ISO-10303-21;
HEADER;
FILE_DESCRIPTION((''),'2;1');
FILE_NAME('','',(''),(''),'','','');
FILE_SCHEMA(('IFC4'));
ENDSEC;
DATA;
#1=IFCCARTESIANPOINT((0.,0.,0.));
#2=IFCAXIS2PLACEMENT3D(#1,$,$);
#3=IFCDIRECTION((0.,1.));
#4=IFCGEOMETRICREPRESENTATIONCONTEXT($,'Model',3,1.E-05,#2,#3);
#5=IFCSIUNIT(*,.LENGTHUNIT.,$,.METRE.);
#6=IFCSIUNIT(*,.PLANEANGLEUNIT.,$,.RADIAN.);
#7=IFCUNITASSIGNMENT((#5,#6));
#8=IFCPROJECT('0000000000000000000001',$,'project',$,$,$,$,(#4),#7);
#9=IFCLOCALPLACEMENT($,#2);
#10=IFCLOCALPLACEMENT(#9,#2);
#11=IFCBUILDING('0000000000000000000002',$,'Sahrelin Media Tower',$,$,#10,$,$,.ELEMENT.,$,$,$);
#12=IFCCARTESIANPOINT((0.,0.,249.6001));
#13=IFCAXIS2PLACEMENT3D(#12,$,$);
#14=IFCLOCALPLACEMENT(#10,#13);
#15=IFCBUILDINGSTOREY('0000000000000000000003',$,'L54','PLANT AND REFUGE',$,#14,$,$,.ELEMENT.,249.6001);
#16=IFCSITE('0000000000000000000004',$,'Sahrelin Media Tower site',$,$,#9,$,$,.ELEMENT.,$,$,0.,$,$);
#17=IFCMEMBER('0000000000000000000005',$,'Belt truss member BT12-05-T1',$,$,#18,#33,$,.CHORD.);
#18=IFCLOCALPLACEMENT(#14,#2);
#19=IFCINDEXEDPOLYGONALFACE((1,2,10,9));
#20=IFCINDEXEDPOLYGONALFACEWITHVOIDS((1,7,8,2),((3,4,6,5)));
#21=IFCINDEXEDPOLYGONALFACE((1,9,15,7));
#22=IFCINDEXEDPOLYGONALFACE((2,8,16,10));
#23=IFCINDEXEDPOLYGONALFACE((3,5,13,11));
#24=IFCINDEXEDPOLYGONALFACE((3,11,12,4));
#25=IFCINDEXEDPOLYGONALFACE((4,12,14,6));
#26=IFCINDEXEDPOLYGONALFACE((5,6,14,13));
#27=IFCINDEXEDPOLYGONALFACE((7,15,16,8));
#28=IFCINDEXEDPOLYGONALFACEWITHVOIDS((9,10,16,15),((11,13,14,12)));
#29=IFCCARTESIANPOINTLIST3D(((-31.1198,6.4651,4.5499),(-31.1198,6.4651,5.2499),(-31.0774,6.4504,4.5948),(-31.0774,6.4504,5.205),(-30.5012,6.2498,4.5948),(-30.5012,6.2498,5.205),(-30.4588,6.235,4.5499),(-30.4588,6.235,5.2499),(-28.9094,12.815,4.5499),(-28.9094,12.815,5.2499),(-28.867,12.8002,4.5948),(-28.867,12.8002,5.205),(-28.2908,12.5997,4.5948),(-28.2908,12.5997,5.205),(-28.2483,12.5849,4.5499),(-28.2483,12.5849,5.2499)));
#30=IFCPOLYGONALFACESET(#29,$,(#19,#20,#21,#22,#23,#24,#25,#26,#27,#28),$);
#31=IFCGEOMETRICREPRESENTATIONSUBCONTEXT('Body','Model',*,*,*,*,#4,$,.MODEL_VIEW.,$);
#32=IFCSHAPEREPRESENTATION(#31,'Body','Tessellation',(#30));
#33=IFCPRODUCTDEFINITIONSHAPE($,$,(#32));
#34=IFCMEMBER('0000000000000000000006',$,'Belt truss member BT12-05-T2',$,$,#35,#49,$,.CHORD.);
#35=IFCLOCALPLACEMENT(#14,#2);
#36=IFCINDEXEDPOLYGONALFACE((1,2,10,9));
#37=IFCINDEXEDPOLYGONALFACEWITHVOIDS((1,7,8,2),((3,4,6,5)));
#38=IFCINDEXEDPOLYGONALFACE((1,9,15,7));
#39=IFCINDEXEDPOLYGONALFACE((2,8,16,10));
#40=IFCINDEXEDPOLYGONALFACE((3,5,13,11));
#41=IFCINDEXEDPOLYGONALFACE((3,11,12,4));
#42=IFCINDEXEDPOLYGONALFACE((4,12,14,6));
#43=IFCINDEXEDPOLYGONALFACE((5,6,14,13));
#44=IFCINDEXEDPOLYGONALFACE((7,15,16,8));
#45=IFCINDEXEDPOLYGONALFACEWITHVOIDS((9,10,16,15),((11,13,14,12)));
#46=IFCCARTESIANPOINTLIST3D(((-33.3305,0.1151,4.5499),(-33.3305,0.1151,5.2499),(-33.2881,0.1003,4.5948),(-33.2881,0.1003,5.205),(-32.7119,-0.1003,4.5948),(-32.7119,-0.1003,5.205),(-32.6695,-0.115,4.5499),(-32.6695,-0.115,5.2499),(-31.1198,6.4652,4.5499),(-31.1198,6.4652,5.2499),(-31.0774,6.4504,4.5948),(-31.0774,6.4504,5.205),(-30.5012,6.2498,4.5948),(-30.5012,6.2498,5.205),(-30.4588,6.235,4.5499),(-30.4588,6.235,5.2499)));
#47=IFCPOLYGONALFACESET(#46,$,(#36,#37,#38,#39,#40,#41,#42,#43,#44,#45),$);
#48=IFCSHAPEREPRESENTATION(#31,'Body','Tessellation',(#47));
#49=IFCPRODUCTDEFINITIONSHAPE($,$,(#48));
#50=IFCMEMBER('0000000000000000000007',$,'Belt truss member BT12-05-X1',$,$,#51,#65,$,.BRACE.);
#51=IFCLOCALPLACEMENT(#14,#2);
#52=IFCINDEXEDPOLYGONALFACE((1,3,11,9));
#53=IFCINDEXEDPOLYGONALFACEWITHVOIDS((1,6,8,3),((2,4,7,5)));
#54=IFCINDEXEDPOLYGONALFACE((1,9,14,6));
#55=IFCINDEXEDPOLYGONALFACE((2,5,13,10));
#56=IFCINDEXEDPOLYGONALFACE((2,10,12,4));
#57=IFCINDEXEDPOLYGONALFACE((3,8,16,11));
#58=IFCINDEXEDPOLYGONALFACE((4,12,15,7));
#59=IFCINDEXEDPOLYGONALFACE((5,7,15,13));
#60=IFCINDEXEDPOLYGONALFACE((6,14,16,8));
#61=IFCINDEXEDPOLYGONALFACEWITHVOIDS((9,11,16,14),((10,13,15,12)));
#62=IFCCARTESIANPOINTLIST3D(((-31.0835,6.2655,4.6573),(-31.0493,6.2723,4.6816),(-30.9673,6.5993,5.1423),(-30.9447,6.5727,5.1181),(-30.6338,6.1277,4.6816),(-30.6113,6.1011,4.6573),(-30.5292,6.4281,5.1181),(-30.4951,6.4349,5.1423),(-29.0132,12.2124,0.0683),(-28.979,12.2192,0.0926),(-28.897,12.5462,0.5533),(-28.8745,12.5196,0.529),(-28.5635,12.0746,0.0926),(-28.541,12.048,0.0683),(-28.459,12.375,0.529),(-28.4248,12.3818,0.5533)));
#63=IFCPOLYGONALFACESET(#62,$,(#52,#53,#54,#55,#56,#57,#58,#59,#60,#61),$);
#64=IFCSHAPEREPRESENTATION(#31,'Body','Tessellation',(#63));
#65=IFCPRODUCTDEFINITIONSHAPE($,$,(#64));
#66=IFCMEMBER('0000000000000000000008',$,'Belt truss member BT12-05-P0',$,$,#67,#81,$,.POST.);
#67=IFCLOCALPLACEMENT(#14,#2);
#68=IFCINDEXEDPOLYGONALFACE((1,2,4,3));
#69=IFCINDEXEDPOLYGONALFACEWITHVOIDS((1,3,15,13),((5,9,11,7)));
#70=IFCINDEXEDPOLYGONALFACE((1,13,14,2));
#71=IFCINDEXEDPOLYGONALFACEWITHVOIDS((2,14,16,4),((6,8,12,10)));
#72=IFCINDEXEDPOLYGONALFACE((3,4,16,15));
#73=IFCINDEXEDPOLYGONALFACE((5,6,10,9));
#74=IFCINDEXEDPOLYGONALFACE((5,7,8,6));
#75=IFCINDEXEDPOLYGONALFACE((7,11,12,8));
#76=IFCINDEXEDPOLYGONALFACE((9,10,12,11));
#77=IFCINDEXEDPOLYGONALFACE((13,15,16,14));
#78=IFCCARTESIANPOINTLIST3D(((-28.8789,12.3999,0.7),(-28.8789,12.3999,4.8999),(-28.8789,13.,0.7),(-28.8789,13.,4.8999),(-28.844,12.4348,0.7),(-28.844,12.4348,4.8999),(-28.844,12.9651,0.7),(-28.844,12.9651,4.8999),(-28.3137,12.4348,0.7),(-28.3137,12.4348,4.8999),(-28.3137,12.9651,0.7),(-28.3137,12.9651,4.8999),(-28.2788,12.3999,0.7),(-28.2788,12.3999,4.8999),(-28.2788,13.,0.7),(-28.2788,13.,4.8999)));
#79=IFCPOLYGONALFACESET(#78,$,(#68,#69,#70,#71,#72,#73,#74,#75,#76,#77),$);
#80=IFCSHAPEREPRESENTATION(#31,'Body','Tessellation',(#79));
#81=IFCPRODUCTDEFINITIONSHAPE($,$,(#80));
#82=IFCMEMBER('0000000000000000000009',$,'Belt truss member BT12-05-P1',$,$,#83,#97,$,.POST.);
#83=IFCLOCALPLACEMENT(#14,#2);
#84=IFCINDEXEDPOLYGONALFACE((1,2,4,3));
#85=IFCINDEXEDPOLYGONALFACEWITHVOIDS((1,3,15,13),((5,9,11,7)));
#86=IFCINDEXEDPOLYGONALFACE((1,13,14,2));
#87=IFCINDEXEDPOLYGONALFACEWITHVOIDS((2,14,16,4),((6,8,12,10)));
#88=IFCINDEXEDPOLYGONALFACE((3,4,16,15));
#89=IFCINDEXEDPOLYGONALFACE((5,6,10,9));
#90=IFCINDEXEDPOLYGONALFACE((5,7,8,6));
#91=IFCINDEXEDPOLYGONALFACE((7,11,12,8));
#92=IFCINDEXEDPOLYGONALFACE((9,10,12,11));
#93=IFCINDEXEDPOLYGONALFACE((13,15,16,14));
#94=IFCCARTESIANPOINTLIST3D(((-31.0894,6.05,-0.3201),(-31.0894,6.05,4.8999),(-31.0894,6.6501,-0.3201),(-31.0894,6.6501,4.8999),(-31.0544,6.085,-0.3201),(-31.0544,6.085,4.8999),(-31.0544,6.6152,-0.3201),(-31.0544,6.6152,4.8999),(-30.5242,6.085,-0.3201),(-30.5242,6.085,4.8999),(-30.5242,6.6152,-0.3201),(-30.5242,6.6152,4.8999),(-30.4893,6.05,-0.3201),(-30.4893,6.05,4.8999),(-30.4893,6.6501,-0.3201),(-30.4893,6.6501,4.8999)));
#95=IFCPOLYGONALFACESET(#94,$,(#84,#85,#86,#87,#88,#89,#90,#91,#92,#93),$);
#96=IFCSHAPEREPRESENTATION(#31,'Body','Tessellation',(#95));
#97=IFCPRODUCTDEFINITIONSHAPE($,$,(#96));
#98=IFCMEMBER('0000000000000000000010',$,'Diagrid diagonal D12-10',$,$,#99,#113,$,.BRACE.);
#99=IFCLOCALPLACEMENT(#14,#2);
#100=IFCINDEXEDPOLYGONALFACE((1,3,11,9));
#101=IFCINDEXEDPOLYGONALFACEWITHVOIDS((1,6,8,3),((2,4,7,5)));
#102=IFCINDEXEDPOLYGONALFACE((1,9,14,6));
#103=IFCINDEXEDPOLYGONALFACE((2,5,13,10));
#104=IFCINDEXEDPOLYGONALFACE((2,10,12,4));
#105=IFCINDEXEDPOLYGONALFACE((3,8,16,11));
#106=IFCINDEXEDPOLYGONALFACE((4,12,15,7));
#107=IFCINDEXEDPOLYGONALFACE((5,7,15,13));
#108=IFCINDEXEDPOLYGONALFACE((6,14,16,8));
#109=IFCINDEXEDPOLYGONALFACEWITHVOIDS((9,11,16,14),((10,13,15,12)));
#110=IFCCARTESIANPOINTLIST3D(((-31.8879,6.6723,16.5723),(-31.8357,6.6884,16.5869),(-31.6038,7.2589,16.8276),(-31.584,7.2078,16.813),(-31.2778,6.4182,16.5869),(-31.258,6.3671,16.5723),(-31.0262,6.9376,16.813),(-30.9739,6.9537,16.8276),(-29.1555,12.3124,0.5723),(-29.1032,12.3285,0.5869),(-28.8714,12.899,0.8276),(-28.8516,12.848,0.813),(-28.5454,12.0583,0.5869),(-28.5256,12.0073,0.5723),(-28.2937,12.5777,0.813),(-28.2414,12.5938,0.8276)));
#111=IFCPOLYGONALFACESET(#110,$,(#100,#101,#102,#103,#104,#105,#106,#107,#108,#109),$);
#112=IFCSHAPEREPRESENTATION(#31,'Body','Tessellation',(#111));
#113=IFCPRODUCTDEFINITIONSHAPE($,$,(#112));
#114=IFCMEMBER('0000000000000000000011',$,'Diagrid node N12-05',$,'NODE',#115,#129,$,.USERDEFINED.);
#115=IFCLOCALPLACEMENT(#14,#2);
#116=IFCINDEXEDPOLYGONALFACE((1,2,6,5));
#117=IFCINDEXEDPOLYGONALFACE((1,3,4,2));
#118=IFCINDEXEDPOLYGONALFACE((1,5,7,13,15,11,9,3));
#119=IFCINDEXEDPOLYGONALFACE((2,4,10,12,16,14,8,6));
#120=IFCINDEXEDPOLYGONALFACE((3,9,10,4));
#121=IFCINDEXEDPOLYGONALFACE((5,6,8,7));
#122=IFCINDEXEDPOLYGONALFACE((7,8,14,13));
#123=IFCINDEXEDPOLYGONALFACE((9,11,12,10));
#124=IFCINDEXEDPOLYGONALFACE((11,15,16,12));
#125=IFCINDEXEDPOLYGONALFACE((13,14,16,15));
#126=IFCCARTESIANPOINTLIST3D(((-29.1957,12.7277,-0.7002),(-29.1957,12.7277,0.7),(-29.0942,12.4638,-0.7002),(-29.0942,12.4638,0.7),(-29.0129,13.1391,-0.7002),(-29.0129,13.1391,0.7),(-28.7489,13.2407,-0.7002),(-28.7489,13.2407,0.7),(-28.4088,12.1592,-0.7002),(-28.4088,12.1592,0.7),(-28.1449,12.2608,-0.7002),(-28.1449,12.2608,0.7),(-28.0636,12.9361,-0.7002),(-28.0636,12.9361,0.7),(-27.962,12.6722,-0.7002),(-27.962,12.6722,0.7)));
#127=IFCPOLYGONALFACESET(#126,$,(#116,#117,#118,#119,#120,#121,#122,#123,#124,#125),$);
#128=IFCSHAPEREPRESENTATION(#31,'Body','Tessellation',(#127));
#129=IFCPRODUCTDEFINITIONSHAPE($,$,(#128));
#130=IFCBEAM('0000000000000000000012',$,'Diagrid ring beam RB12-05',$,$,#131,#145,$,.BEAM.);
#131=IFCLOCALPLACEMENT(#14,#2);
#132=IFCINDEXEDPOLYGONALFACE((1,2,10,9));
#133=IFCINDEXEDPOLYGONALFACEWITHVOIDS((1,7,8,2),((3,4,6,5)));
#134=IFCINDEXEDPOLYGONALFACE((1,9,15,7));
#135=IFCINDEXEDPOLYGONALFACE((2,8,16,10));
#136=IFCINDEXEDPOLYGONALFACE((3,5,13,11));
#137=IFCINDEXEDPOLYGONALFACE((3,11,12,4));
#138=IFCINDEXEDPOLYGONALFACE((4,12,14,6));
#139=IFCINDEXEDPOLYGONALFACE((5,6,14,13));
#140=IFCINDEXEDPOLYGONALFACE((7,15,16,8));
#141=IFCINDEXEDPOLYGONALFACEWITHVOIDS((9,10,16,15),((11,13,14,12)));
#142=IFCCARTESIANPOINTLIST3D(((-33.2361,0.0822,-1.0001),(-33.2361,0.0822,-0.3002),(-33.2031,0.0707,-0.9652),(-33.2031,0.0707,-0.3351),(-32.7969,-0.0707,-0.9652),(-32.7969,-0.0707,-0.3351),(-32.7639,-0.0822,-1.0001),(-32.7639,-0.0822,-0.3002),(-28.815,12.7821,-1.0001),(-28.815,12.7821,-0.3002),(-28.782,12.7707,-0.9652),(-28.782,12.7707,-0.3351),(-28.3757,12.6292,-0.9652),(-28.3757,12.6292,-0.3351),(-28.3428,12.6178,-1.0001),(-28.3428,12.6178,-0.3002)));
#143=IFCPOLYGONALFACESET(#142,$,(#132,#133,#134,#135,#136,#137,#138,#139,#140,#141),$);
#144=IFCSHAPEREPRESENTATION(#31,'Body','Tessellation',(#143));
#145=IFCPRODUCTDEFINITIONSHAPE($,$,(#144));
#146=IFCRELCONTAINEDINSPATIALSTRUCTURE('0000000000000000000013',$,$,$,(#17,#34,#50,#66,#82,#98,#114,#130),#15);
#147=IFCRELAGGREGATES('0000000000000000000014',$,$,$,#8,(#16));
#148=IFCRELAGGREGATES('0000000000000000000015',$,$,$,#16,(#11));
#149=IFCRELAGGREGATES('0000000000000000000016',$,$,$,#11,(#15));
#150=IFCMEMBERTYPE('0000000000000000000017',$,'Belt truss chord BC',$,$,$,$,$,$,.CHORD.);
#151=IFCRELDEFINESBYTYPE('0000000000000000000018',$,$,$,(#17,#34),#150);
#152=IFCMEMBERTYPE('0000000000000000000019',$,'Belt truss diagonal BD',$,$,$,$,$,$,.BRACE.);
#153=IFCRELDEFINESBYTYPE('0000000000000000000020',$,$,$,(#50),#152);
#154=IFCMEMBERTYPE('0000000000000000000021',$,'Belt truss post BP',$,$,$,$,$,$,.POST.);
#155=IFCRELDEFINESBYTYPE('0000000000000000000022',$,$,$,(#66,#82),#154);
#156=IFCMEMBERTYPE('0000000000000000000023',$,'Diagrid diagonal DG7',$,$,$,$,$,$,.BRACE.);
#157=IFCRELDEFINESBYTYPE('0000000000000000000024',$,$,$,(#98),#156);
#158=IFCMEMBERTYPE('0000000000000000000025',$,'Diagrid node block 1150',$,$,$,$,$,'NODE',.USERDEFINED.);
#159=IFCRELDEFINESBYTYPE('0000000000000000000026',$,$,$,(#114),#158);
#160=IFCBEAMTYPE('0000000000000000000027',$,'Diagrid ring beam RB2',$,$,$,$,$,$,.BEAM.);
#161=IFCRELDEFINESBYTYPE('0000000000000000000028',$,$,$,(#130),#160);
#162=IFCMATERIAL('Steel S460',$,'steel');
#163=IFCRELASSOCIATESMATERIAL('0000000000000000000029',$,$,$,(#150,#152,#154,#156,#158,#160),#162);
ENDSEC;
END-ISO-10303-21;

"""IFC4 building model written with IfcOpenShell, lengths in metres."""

from ifc_helpers import new_model, si_unit, direction, frame, origin, origin_2d, place, context, subcontext, project, spatial, polyline, hollow_rectangle, outline, extrude, material, material_profile, profile_set, type_object, element, save


model = new_model("IFC4")

# Units and contexts
model_context = context("Model", 3, precision=1e-05, world=origin(), true_north=direction((0.0, 1.0)))
body_context = subcontext(model_context, "Body", "Model", "MODEL_VIEW")
ifc_project = project(units=[si_unit("LENGTHUNIT", "METRE"), si_unit("PLANEANGLEUNIT", "RADIAN")], contexts=[model_context])

# Site, building, storey
site_placement = place(None, origin())
site = spatial("IfcSite", under=ifc_project, at=site_placement, Name="Sahrelin Media Tower site", CompositionType="ELEMENT", RefElevation=0.0)
building_placement = place(site_placement, origin())
building = spatial("IfcBuilding", under=site, at=building_placement, Name="Sahrelin Media Tower", CompositionType="ELEMENT")
storey_placement = place(building_placement, frame((0.0, 0.0, 249.6001)))
storey = spatial("IfcBuildingStorey", under=building, at=storey_placement, Name="L54", Description="PLANT AND REFUGE", CompositionType="ELEMENT", Elevation=249.6001)

# Members
ifc_material_1 = material(Name="Steel S460", Category="steel")
ifc_material_profile_1 = material_profile(ifc_material_1, hollow_rectangle(XDim=0.7, YDim=0.7, WallThickness=0.0449, at=origin_2d()), Name="Belt truss chord BC")
ifc_profile_set_1 = profile_set([ifc_material_profile_1], Name="Steel S460")
member_type_1 = type_object("IfcMemberType", Name="Belt truss chord BC", PredefinedType="CHORD", material=ifc_profile_set_1)
member_1_placement = place(storey_placement, frame((-28.5789, 12.7, 4.8999), z_axis=(-0.32876, -0.944413, 0.0), x_axis=(0.944413, -0.32876, 0.0)))
element("IfcMember", 1, at=member_1_placement, inside=storey, type_object=member_type_1, Name="Belt truss member BT12-05-T1", PredefinedType="CHORD", context=body_context, shape_type="SweptSolid", body=[
    extrude(hollow_rectangle(XDim=0.7, YDim=0.7, WallThickness=0.0449, at=origin_2d()), origin(), (0.0, 0.0, 1.0), 6.7236),
])
member_2_placement = place(storey_placement, frame((-30.7893, 6.3501, 4.8999), z_axis=(-0.328781, -0.944406, 0.0), x_axis=(0.944406, -0.328781, 0.0)))
element("IfcMember", 2, at=member_2_placement, inside=storey, type_object=member_type_1, Name="Belt truss member BT12-05-T2", PredefinedType="CHORD", context=body_context, shape_type="SweptSolid", body=[
    extrude(hollow_rectangle(XDim=0.7, YDim=0.7, WallThickness=0.0449, at=origin_2d()), origin(), (0.0, 0.0, 1.0), 6.7239),
])
ifc_material_profile_2 = material_profile(ifc_material_1, hollow_rectangle(XDim=0.5, YDim=0.6001, WallThickness=0.03, at=origin_2d()), Name="Belt truss diagonal BD")
ifc_profile_set_2 = profile_set([ifc_material_profile_2], Name="Steel S460")
member_type_2 = type_object("IfcMemberType", Name="Belt truss diagonal BD", PredefinedType="BRACE", material=ifc_profile_set_2)
member_3_placement = place(storey_placement, frame((-28.719, 12.2971, 0.3108), z_axis=(-0.265702, -0.763234, 0.588962), x_axis=(0.944409, -0.328773, 0.0)))
element("IfcMember", 3, at=member_3_placement, inside=storey, type_object=member_type_2, Name="Belt truss member BT12-05-X1", PredefinedType="BRACE", context=body_context, shape_type="SweptSolid", body=[
    extrude(hollow_rectangle(XDim=0.5, YDim=0.6001, WallThickness=0.03, at=origin_2d()), origin(), (0.0, 0.0, 1.0), 7.7917),
])
ifc_material_profile_3 = material_profile(ifc_material_1, hollow_rectangle(XDim=0.6001, YDim=0.6001, WallThickness=0.0349, at=origin_2d()), Name="Belt truss post BP")
ifc_profile_set_3 = profile_set([ifc_material_profile_3], Name="Steel S460")
member_type_3 = type_object("IfcMemberType", Name="Belt truss post BP", PredefinedType="POST", material=ifc_profile_set_3)
member_4_placement = place(storey_placement, frame((-28.5789, 12.7, 0.7), z_axis=(0.0, 0.0, 1.0), x_axis=(1.0, 0.0, 0.0)))
element("IfcMember", 4, at=member_4_placement, inside=storey, type_object=member_type_3, Name="Belt truss member BT12-05-P0", PredefinedType="POST", context=body_context, shape_type="SweptSolid", body=[
    extrude(hollow_rectangle(XDim=0.6001, YDim=0.6001, WallThickness=0.0349, at=origin_2d()), origin(), (0.0, 0.0, 1.0), 4.2),
])
member_5_placement = place(storey_placement, frame((-30.7893, 6.3501, -0.3201), z_axis=(0.0, 0.0, 1.0), x_axis=(1.0, 0.0, 0.0)))
element("IfcMember", 5, at=member_5_placement, inside=storey, type_object=member_type_3, Name="Belt truss member BT12-05-P1", PredefinedType="POST", context=body_context, shape_type="SweptSolid", body=[
    extrude(hollow_rectangle(XDim=0.6001, YDim=0.6001, WallThickness=0.0349, at=origin_2d()), origin(), (0.0, 0.0, 1.0), 5.22),
])
ifc_material_profile_4 = material_profile(ifc_material_1, hollow_rectangle(XDim=0.7, YDim=0.7, WallThickness=0.04, at=origin_2d()), Name="Diagrid diagonal DG7")
ifc_profile_set_4 = profile_set([ifc_material_profile_4], Name="Steel S460")
member_type_4 = type_object("IfcMemberType", Name="Diagrid diagonal DG7", PredefinedType="BRACE", material=ifc_profile_set_4)
member_6_placement = place(storey_placement, frame((-28.6985, 12.4531, 0.7), z_axis=(-0.159013, -0.328227, 0.931119), x_axis=(0.899951, -0.435991, 0.0)))
element("IfcMember", 6, at=member_6_placement, inside=storey, type_object=member_type_4, Name="Diagrid diagonal D12-10", PredefinedType="BRACE", context=body_context, shape_type="SweptSolid", body=[
    extrude(hollow_rectangle(XDim=0.7, YDim=0.7, WallThickness=0.04, at=origin_2d()), origin(), (0.0, 0.0, 1.0), 17.1836),
])
ifc_material_profile_5 = material_profile(ifc_material_1, outline(polyline([(0.375, -0.425), (0.575, -0.2251), (0.575, 0.2251), (0.375, 0.425), (-0.375, 0.425), (-0.575, 0.2251), (-0.575, -0.2251), (-0.375, -0.425), (0.375, -0.425)])), Name="Diagrid node block 1150")
ifc_profile_set_5 = profile_set([ifc_material_profile_5], Name="Steel S460")
member_type_5 = type_object("IfcMemberType", Name="Diagrid node block 1150", ElementType="NODE", PredefinedType="USERDEFINED", material=ifc_profile_set_5)
member_7_placement = place(storey_placement, frame((-28.5789, 12.7, -0.7002), z_axis=(0.0, 0.0, 1.0), x_axis=(-0.913831, 0.406094, 0.0)))
element("IfcMember", 7, at=member_7_placement, inside=storey, type_object=member_type_5, Name="Diagrid node N12-05", ObjectType="NODE", PredefinedType="USERDEFINED", context=body_context, shape_type="SweptSolid", body=[
    extrude(outline(polyline([(0.375, -0.425), (0.575, -0.2251), (0.575, 0.2251), (0.375, 0.425), (-0.375, 0.425), (-0.575, 0.2251), (-0.575, -0.2251), (-0.375, -0.425), (0.375, -0.425)])), origin(), (0.0, 0.0, 1.0), 1.4001),
])

# Beam
ifc_material_profile_6 = material_profile(ifc_material_1, hollow_rectangle(XDim=0.5, YDim=0.7, WallThickness=0.0349, at=origin_2d()), Name="Diagrid ring beam RB2")
ifc_profile_set_6 = profile_set([ifc_material_profile_6], Name="Steel S460")
beam_type_1 = type_object("IfcBeamType", Name="Diagrid ring beam RB2", PredefinedType="BEAM", material=ifc_profile_set_6)
beam_1_placement = place(storey_placement, frame((-28.5789, 12.7, -0.6501), z_axis=(-0.328771, -0.94441, 0.0), x_axis=(0.94441, -0.328771, 0.0)))
element("IfcBeam", 8, at=beam_1_placement, inside=storey, type_object=beam_type_1, Name="Diagrid ring beam RB12-05", PredefinedType="BEAM", context=body_context, shape_type="SweptSolid", body=[
    extrude(hollow_rectangle(XDim=0.5, YDim=0.7, WallThickness=0.0349, at=origin_2d()), origin(), (0.0, 0.0, 1.0), 13.4475),
])

save(model, "model.ifc")
